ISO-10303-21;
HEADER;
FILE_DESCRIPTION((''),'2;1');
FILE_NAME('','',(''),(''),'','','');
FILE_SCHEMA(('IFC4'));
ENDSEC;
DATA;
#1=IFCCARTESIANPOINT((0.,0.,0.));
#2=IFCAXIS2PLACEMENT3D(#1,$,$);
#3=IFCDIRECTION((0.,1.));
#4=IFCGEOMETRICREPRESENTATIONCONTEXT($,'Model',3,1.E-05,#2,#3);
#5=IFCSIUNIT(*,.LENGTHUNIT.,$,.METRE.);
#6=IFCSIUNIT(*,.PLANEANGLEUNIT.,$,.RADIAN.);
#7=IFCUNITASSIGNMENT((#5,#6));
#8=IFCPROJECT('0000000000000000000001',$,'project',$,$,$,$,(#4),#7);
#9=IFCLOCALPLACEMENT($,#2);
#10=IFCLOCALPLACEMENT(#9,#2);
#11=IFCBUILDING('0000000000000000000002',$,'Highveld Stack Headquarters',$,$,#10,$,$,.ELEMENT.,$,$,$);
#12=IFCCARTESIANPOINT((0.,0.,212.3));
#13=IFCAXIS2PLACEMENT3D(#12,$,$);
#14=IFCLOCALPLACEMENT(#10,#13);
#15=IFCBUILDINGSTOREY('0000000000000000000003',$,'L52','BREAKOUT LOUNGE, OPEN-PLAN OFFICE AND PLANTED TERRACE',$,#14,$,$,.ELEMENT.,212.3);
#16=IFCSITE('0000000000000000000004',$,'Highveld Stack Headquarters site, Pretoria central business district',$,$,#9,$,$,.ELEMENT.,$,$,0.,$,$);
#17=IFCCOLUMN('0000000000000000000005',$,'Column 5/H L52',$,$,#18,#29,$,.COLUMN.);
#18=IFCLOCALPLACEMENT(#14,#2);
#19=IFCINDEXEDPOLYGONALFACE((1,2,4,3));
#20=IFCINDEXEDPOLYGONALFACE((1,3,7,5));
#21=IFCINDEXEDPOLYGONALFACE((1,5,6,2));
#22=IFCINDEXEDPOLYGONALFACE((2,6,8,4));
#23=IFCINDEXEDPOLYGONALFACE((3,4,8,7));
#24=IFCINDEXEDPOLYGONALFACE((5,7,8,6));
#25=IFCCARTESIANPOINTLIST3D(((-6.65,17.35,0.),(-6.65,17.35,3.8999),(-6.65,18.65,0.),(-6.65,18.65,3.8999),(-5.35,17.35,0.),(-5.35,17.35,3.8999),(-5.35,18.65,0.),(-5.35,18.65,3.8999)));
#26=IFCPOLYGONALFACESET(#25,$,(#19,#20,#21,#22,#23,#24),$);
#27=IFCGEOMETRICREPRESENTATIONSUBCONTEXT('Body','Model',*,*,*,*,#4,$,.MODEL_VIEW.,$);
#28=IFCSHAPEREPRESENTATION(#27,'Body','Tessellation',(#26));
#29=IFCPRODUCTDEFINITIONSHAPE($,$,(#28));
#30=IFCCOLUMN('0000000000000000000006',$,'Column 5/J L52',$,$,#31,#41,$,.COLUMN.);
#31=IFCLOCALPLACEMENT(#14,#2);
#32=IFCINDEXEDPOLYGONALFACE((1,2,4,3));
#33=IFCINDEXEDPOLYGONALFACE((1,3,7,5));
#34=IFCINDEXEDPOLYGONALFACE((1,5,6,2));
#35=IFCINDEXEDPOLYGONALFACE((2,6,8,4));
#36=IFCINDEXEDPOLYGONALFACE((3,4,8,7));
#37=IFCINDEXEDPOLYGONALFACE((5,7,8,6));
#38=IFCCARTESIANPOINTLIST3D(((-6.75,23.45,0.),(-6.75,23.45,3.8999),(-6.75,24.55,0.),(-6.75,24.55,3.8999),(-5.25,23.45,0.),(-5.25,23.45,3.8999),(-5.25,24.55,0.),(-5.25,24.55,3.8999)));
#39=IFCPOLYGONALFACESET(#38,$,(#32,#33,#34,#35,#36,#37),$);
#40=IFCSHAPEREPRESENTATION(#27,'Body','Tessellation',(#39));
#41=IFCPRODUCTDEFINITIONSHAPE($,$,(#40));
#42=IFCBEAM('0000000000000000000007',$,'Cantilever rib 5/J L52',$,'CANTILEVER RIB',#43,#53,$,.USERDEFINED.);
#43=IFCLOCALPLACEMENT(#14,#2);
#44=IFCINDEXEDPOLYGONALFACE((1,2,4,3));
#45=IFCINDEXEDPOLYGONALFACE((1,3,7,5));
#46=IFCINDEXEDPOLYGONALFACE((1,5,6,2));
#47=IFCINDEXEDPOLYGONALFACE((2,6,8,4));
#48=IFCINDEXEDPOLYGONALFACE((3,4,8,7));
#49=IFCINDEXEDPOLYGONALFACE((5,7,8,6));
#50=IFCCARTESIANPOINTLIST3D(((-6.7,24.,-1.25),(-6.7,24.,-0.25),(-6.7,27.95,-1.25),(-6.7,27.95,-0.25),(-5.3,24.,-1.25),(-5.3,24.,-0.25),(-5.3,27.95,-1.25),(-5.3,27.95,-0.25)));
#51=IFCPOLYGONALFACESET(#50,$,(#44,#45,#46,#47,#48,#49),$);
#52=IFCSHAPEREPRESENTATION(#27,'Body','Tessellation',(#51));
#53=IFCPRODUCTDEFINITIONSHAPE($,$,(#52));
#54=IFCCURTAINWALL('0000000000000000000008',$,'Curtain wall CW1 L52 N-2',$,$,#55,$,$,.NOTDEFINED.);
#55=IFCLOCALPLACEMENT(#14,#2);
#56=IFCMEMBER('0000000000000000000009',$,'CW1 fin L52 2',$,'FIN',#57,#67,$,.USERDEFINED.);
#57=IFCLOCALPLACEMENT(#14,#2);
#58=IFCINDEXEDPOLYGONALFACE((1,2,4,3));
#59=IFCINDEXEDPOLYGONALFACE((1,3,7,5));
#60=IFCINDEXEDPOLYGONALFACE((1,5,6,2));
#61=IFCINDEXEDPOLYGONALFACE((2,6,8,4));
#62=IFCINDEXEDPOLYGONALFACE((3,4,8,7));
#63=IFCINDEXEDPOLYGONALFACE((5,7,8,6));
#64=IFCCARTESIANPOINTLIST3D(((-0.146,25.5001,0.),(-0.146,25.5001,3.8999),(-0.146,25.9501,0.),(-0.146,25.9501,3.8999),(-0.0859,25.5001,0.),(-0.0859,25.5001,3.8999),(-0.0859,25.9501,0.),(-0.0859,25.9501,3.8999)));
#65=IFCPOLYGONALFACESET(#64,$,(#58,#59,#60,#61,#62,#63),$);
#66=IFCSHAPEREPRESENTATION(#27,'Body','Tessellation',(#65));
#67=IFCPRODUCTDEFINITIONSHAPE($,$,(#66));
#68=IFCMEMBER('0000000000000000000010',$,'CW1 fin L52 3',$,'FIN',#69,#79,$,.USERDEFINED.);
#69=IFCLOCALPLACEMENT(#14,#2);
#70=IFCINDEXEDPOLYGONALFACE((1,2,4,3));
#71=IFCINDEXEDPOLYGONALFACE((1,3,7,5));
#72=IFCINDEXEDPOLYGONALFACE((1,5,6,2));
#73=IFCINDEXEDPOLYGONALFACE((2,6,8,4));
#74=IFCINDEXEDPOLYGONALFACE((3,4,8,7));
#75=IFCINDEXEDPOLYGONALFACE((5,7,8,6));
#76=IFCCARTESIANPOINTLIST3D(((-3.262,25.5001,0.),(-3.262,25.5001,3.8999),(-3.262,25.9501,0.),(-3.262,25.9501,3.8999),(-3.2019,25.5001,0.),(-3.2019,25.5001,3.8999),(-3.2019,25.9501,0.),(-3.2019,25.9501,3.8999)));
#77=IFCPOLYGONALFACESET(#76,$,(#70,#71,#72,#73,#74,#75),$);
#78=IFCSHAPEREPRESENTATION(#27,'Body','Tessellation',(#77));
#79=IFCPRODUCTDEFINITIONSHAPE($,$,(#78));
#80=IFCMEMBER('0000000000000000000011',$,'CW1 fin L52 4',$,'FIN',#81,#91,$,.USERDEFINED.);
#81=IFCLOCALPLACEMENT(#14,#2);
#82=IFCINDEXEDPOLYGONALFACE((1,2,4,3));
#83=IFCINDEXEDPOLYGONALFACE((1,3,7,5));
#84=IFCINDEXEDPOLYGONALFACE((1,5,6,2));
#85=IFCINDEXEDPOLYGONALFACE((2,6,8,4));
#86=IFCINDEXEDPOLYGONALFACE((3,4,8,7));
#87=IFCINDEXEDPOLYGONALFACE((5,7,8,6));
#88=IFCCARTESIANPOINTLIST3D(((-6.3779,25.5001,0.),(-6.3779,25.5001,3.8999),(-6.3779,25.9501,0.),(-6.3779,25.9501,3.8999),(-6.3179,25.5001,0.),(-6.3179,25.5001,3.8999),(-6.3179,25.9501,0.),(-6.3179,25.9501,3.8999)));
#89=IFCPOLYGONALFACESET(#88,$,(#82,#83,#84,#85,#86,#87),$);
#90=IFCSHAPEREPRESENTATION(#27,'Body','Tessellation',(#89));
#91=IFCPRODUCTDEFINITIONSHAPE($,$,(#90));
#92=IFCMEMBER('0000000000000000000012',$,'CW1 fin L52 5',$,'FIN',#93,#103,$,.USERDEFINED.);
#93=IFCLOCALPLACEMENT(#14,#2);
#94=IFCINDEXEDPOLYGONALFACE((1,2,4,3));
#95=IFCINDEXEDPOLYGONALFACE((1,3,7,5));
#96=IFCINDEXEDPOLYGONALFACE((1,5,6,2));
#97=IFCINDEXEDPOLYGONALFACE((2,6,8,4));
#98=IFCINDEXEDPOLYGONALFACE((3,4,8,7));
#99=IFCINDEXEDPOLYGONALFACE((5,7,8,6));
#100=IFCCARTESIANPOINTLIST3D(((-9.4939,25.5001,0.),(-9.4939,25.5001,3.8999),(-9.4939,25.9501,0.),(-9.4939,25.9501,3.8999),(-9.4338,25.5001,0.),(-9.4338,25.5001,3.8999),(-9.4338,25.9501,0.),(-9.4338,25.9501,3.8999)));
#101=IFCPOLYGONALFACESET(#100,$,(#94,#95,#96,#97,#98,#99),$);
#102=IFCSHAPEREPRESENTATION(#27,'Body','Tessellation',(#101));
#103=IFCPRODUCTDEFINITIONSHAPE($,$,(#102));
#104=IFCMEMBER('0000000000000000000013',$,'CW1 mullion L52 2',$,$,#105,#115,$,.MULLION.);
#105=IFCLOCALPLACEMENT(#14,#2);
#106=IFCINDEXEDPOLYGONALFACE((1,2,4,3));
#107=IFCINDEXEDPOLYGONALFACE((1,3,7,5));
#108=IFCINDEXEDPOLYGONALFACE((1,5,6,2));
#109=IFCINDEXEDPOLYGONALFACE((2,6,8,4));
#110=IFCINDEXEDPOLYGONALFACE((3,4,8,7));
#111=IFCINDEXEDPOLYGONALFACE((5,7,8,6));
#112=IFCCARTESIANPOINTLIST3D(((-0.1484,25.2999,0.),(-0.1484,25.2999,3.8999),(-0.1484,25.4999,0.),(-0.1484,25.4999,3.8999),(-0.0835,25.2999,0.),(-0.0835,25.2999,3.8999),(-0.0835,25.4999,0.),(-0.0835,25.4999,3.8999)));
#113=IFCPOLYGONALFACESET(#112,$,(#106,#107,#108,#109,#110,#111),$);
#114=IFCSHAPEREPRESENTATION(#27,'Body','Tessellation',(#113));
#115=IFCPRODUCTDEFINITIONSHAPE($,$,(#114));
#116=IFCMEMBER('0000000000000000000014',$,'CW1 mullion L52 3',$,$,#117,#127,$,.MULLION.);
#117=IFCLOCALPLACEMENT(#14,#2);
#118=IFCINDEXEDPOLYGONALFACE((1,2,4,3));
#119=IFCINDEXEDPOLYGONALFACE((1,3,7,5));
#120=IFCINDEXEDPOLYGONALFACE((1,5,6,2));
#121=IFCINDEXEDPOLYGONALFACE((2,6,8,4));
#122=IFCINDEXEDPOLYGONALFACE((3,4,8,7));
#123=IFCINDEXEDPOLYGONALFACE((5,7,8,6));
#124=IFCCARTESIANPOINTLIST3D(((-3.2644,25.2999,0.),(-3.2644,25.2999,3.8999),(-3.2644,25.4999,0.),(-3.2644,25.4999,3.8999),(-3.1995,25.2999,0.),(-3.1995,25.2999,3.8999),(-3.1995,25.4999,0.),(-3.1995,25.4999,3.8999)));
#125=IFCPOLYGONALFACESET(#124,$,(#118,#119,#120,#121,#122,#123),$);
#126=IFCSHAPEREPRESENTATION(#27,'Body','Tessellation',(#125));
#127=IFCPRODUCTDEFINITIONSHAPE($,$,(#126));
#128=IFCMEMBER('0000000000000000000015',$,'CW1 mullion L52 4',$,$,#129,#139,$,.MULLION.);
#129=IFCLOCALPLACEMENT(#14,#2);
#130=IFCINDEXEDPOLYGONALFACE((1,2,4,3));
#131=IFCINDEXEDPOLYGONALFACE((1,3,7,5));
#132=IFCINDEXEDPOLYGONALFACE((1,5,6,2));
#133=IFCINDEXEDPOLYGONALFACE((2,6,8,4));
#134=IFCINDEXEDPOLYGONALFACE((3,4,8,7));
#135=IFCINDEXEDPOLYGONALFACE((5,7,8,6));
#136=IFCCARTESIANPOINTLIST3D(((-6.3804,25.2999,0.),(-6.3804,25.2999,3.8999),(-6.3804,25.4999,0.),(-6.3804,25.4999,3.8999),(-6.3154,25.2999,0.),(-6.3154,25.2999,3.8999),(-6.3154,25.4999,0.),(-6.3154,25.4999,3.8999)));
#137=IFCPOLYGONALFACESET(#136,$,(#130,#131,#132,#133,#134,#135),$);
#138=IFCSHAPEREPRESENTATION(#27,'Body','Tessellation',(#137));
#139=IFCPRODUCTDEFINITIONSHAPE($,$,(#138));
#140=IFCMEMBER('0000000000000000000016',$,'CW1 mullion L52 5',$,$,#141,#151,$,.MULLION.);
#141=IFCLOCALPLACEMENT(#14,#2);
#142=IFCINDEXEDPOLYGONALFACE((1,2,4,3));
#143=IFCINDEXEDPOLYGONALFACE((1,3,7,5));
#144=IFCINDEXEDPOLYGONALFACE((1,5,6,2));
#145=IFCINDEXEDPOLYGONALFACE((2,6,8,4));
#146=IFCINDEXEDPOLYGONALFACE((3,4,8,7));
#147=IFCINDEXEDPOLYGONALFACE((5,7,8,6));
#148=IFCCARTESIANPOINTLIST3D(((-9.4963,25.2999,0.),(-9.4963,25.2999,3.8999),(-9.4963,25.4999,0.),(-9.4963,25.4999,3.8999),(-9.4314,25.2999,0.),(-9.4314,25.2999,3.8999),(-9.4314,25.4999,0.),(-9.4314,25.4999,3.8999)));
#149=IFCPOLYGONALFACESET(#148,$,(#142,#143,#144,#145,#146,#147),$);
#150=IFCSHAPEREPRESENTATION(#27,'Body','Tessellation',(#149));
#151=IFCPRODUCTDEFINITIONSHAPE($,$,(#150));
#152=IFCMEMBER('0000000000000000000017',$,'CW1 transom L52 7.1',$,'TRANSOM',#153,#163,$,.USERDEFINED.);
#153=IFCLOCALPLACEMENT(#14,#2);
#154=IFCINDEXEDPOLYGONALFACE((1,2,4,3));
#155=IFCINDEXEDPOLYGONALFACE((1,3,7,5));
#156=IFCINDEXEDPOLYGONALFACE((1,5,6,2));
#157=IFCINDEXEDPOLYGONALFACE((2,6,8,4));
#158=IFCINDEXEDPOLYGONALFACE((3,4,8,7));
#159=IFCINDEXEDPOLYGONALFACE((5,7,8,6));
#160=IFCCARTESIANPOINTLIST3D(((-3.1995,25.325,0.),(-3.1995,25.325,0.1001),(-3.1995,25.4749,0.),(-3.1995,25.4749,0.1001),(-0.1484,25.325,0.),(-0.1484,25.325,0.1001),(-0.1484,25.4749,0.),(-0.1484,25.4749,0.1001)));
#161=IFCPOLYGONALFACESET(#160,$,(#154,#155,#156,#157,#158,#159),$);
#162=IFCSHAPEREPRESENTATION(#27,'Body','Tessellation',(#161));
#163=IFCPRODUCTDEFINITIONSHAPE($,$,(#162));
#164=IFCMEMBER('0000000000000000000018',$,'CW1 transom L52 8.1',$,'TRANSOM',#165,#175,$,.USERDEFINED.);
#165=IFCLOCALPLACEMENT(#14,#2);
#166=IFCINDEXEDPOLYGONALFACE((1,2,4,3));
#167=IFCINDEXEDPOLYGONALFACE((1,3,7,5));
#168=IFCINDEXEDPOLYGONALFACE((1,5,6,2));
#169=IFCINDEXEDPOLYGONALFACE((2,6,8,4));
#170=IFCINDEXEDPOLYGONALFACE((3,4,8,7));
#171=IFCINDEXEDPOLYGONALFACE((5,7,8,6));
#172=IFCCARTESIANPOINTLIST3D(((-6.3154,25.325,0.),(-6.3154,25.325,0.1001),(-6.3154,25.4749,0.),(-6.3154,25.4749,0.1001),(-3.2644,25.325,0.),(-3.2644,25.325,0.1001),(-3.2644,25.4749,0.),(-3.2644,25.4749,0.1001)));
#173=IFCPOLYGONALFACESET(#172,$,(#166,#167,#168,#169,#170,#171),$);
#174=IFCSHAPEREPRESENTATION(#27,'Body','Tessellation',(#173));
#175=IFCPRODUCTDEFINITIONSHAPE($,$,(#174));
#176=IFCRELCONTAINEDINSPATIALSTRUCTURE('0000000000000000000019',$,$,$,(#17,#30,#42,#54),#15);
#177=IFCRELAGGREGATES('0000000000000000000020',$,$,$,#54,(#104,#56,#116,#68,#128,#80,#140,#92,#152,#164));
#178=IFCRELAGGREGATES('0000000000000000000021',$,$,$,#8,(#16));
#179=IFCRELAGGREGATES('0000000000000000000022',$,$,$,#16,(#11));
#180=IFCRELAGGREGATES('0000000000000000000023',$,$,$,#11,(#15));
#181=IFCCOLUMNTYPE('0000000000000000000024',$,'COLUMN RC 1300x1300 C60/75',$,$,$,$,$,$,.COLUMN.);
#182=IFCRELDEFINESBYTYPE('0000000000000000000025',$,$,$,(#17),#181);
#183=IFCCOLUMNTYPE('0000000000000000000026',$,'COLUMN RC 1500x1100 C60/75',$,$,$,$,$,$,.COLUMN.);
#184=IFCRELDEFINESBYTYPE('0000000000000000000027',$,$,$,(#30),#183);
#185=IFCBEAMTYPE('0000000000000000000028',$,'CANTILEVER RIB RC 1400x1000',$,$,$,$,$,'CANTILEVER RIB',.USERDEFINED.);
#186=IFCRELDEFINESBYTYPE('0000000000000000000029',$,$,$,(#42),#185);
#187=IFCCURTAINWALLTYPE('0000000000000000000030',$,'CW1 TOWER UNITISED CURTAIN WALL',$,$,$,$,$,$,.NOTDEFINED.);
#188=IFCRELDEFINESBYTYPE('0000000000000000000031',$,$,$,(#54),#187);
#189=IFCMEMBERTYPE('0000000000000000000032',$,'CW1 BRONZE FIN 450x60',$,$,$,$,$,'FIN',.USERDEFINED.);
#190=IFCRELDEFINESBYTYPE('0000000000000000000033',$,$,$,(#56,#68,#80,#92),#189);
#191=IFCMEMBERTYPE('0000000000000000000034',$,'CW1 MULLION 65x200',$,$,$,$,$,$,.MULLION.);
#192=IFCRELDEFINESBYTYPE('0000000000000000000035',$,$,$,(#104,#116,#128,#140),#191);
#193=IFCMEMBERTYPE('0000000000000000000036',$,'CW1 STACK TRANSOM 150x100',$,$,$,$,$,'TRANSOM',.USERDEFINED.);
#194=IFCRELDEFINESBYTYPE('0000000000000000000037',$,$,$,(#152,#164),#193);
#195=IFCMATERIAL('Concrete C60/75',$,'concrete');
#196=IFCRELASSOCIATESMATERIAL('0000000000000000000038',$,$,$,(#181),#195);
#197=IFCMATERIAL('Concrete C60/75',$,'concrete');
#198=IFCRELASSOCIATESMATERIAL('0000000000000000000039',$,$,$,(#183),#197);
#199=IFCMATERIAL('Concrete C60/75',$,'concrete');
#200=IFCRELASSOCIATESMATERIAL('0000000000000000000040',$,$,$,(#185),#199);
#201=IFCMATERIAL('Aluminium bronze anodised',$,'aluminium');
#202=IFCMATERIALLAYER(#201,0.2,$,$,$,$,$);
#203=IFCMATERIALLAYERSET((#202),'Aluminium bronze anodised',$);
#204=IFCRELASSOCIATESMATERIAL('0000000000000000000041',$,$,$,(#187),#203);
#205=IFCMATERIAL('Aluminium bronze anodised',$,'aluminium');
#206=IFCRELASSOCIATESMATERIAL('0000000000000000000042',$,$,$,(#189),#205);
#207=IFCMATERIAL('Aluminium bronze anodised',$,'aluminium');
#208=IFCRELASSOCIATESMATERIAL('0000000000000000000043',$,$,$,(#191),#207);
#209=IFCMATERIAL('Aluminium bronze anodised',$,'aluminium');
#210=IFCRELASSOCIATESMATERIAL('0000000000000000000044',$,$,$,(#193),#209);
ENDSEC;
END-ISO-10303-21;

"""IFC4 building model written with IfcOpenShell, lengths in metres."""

from ifc_helpers import new_model, si_unit, direction, frame, origin, origin_2d, place, context, subcontext, project, spatial, rectangle, extrude, material, layer, layer_set, material_profile, profile_set, type_object, element, aggregate, save


model = new_model("IFC4")

# Units and contexts
model_context = context("Model", 3, precision=1e-05, world=origin(), true_north=direction((0.0, 1.0)))
body_context = subcontext(model_context, "Body", "Model", "MODEL_VIEW")
ifc_project = project(units=[si_unit("LENGTHUNIT", "METRE"), si_unit("PLANEANGLEUNIT", "RADIAN")], contexts=[model_context])

# Site, building, storey
site_placement = place(None, origin())
site = spatial("IfcSite", under=ifc_project, at=site_placement, Name="Highveld Stack Headquarters site, Pretoria central business district", CompositionType="ELEMENT", RefElevation=0.0)
building_placement = place(site_placement, origin())
building = spatial("IfcBuilding", under=site, at=building_placement, Name="Highveld Stack Headquarters", CompositionType="ELEMENT")
storey_placement = place(building_placement, frame((0.0, 0.0, 212.3)))
storey = spatial("IfcBuildingStorey", under=building, at=storey_placement, Name="L52", Description="BREAKOUT LOUNGE, OPEN-PLAN OFFICE AND PLANTED TERRACE", CompositionType="ELEMENT", Elevation=212.3)

# Columns
ifc_material_1 = material(Name="Concrete C60/75", Category="concrete")
ifc_material_profile_1 = material_profile(ifc_material_1, rectangle(XDim=1.3, YDim=1.3, at=origin_2d()), Name="RC 1300x1300")
ifc_profile_set_1 = profile_set([ifc_material_profile_1], Name="Concrete C60/75")
column_type_1 = type_object("IfcColumnType", Name="COLUMN RC 1300x1300 C60/75", PredefinedType="COLUMN", material=ifc_profile_set_1)
column_1_placement = place(storey_placement, frame((-6.0, 18.0, 0.0), z_axis=(0.0, 0.0, 1.0), x_axis=(1.0, 0.0, 0.0)))
element("IfcColumn", 1, at=column_1_placement, inside=storey, type_object=column_type_1, Name="Column 5/H L52", PredefinedType="COLUMN", context=body_context, shape_type="SweptSolid", body=[
    extrude(rectangle(XDim=1.3, YDim=1.3, at=origin_2d()), origin(), (0.0, 0.0, 1.0), 3.8999),
])
ifc_material_2 = material(Name="Concrete C60/75", Category="concrete")
ifc_material_profile_2 = material_profile(ifc_material_2, rectangle(XDim=1.5, YDim=1.1001, at=origin_2d()), Name="RC 1500x1100")
ifc_profile_set_2 = profile_set([ifc_material_profile_2], Name="Concrete C60/75")
column_type_2 = type_object("IfcColumnType", Name="COLUMN RC 1500x1100 C60/75", PredefinedType="COLUMN", material=ifc_profile_set_2)
column_2_placement = place(storey_placement, frame((-6.0, 24.0, 0.0), z_axis=(0.0, 0.0, 1.0), x_axis=(1.0, 0.0, 0.0)))
element("IfcColumn", 2, at=column_2_placement, inside=storey, type_object=column_type_2, Name="Column 5/J L52", PredefinedType="COLUMN", context=body_context, shape_type="SweptSolid", body=[
    extrude(rectangle(XDim=1.5, YDim=1.1001, at=origin_2d()), origin(), (0.0, 0.0, 1.0), 3.8999),
])

# Beam
ifc_material_3 = material(Name="Concrete C60/75", Category="concrete")
ifc_material_profile_3 = material_profile(ifc_material_3, rectangle(XDim=1.3999, YDim=1.0, at=origin_2d()), Name="RC 1400x1000")
ifc_profile_set_3 = profile_set([ifc_material_profile_3], Name="Concrete C60/75")
beam_type_1 = type_object("IfcBeamType", Name="CANTILEVER RIB RC 1400x1000", ElementType="CANTILEVER RIB", PredefinedType="USERDEFINED", material=ifc_profile_set_3)
beam_placement = place(storey_placement, frame((-6.0, 24.0, -0.75), z_axis=(0.0, 1.0, 0.0), x_axis=(-1.0, 0.0, 0.0)))
element("IfcBeam", 3, at=beam_placement, inside=storey, type_object=beam_type_1, Name="Cantilever rib 5/J L52", ObjectType="CANTILEVER RIB", PredefinedType="USERDEFINED", context=body_context, shape_type="SweptSolid", body=[
    extrude(rectangle(XDim=1.3999, YDim=1.0, at=origin_2d()), origin(), (0.0, 0.0, 1.0), 3.95),
])

# Curtain wall, members
ifc_material_4 = material(Name="Aluminium bronze anodised", Category="aluminium")
ifc_layer_1 = layer(ifc_material_4, 0.2)
ifc_layer_set_1 = layer_set([ifc_layer_1], Name="Aluminium bronze anodised")
curtain_wall_type = type_object("IfcCurtainWallType", Name="CW1 TOWER UNITISED CURTAIN WALL", PredefinedType="NOTDEFINED", material=ifc_layer_set_1)
curtain_wall_placement = place(storey_placement, origin())
curtain_wall = element("IfcCurtainWall", 4, at=curtain_wall_placement, inside=storey, type_object=curtain_wall_type, Name="Curtain wall CW1 L52 N-2", PredefinedType="NOTDEFINED")
ifc_material_5 = material(Name="Aluminium bronze anodised", Category="aluminium")
ifc_material_profile_4 = material_profile(ifc_material_5, rectangle(XDim=0.45, YDim=0.0601, at=origin_2d()), Name="FIN 450x60")
ifc_profile_set_4 = profile_set([ifc_material_profile_4], Name="Aluminium bronze anodised")
member_type_1 = type_object("IfcMemberType", Name="CW1 BRONZE FIN 450x60", ElementType="FIN", PredefinedType="USERDEFINED", material=ifc_profile_set_4)
member_1_placement = place(storey_placement, frame((-0.116, 25.7251, 0.0), z_axis=(0.0, 0.0, 1.0), x_axis=(0.0, -1.0, 0.0)))
member_1 = element("IfcMember", 5, at=member_1_placement, type_object=member_type_1, Name="CW1 fin L52 2", ObjectType="FIN", PredefinedType="USERDEFINED", context=body_context, shape_type="SweptSolid", body=[
    extrude(rectangle(XDim=0.45, YDim=0.0601, at=origin_2d()), origin(), (0.0, 0.0, 1.0), 3.8999),
])
member_2_placement = place(storey_placement, frame((-3.2319, 25.7251, 0.0), z_axis=(0.0, 0.0, 1.0), x_axis=(0.0, -1.0, 0.0)))
member_2 = element("IfcMember", 6, at=member_2_placement, type_object=member_type_1, Name="CW1 fin L52 3", ObjectType="FIN", PredefinedType="USERDEFINED", context=body_context, shape_type="SweptSolid", body=[
    extrude(rectangle(XDim=0.45, YDim=0.0601, at=origin_2d()), origin(), (0.0, 0.0, 1.0), 3.8999),
])
member_3_placement = place(storey_placement, frame((-6.3479, 25.7251, 0.0), z_axis=(0.0, 0.0, 1.0), x_axis=(0.0, -1.0, 0.0)))
member_3 = element("IfcMember", 7, at=member_3_placement, type_object=member_type_1, Name="CW1 fin L52 4", ObjectType="FIN", PredefinedType="USERDEFINED", context=body_context, shape_type="SweptSolid", body=[
    extrude(rectangle(XDim=0.45, YDim=0.0601, at=origin_2d()), origin(), (0.0, 0.0, 1.0), 3.8999),
])
member_4_placement = place(storey_placement, frame((-9.4639, 25.7251, 0.0), z_axis=(0.0, 0.0, 1.0), x_axis=(0.0, -1.0, 0.0)))
member_4 = element("IfcMember", 8, at=member_4_placement, type_object=member_type_1, Name="CW1 fin L52 5", ObjectType="FIN", PredefinedType="USERDEFINED", context=body_context, shape_type="SweptSolid", body=[
    extrude(rectangle(XDim=0.45, YDim=0.0601, at=origin_2d()), origin(), (0.0, 0.0, 1.0), 3.8999),
])
ifc_material_6 = material(Name="Aluminium bronze anodised", Category="aluminium")
ifc_material_profile_5 = material_profile(ifc_material_6, rectangle(XDim=0.2, YDim=0.0649, at=origin_2d()), Name="CW1 MULLION 65x200")
ifc_profile_set_5 = profile_set([ifc_material_profile_5], Name="Aluminium bronze anodised")
member_type_2 = type_object("IfcMemberType", Name="CW1 MULLION 65x200", PredefinedType="MULLION", material=ifc_profile_set_5)
member_5_placement = place(storey_placement, frame((-0.116, 25.3999, 0.0), z_axis=(0.0, 0.0, 1.0), x_axis=(0.0, -1.0, 0.0)))
member_5 = element("IfcMember", 9, at=member_5_placement, type_object=member_type_2, Name="CW1 mullion L52 2", PredefinedType="MULLION", context=body_context, shape_type="SweptSolid", body=[
    extrude(rectangle(XDim=0.2, YDim=0.0649, at=origin_2d()), origin(), (0.0, 0.0, 1.0), 3.8999),
])
member_6_placement = place(storey_placement, frame((-3.2319, 25.3999, 0.0), z_axis=(0.0, 0.0, 1.0), x_axis=(0.0, -1.0, 0.0)))
member_6 = element("IfcMember", 10, at=member_6_placement, type_object=member_type_2, Name="CW1 mullion L52 3", PredefinedType="MULLION", context=body_context, shape_type="SweptSolid", body=[
    extrude(rectangle(XDim=0.2, YDim=0.0649, at=origin_2d()), origin(), (0.0, 0.0, 1.0), 3.8999),
])
member_7_placement = place(storey_placement, frame((-6.3479, 25.3999, 0.0), z_axis=(0.0, 0.0, 1.0), x_axis=(0.0, -1.0, 0.0)))
member_7 = element("IfcMember", 11, at=member_7_placement, type_object=member_type_2, Name="CW1 mullion L52 4", PredefinedType="MULLION", context=body_context, shape_type="SweptSolid", body=[
    extrude(rectangle(XDim=0.2, YDim=0.0649, at=origin_2d()), origin(), (0.0, 0.0, 1.0), 3.8999),
])
member_8_placement = place(storey_placement, frame((-9.4639, 25.3999, 0.0), z_axis=(0.0, 0.0, 1.0), x_axis=(0.0, -1.0, 0.0)))
member_8 = element("IfcMember", 12, at=member_8_placement, type_object=member_type_2, Name="CW1 mullion L52 5", PredefinedType="MULLION", context=body_context, shape_type="SweptSolid", body=[
    extrude(rectangle(XDim=0.2, YDim=0.0649, at=origin_2d()), origin(), (0.0, 0.0, 1.0), 3.8999),
])
ifc_material_7 = material(Name="Aluminium bronze anodised", Category="aluminium")
ifc_material_profile_6 = material_profile(ifc_material_7, rectangle(XDim=0.1499, YDim=0.1001, at=origin_2d()), Name="CW1 TRANSOM 150x100")
ifc_profile_set_6 = profile_set([ifc_material_profile_6], Name="Aluminium bronze anodised")
member_type_3 = type_object("IfcMemberType", Name="CW1 STACK TRANSOM 150x100", ElementType="TRANSOM", PredefinedType="USERDEFINED", material=ifc_profile_set_6)
member_9_placement = place(storey_placement, frame((-0.1484, 25.3999, 0.05), z_axis=(-1.0, 0.0, 0.0), x_axis=(0.0, -1.0, 0.0)))
member_9 = element("IfcMember", 13, at=member_9_placement, type_object=member_type_3, Name="CW1 transom L52 7.1", ObjectType="TRANSOM", PredefinedType="USERDEFINED", context=body_context, shape_type="SweptSolid", body=[
    extrude(rectangle(XDim=0.1499, YDim=0.1001, at=origin_2d()), origin(), (0.0, 0.0, 1.0), 3.051),
])
member_10_placement = place(storey_placement, frame((-3.2644, 25.3999, 0.05), z_axis=(-1.0, 0.0, 0.0), x_axis=(0.0, -1.0, 0.0)))
member_10 = element("IfcMember", 14, at=member_10_placement, type_object=member_type_3, Name="CW1 transom L52 8.1", ObjectType="TRANSOM", PredefinedType="USERDEFINED", context=body_context, shape_type="SweptSolid", body=[
    extrude(rectangle(XDim=0.1499, YDim=0.1001, at=origin_2d()), origin(), (0.0, 0.0, 1.0), 3.051),
])

aggregate(curtain_wall, [member_5, member_1, member_6, member_2, member_7, member_3, member_8, member_4, member_9, member_10])

save(model, "model.ifc")
